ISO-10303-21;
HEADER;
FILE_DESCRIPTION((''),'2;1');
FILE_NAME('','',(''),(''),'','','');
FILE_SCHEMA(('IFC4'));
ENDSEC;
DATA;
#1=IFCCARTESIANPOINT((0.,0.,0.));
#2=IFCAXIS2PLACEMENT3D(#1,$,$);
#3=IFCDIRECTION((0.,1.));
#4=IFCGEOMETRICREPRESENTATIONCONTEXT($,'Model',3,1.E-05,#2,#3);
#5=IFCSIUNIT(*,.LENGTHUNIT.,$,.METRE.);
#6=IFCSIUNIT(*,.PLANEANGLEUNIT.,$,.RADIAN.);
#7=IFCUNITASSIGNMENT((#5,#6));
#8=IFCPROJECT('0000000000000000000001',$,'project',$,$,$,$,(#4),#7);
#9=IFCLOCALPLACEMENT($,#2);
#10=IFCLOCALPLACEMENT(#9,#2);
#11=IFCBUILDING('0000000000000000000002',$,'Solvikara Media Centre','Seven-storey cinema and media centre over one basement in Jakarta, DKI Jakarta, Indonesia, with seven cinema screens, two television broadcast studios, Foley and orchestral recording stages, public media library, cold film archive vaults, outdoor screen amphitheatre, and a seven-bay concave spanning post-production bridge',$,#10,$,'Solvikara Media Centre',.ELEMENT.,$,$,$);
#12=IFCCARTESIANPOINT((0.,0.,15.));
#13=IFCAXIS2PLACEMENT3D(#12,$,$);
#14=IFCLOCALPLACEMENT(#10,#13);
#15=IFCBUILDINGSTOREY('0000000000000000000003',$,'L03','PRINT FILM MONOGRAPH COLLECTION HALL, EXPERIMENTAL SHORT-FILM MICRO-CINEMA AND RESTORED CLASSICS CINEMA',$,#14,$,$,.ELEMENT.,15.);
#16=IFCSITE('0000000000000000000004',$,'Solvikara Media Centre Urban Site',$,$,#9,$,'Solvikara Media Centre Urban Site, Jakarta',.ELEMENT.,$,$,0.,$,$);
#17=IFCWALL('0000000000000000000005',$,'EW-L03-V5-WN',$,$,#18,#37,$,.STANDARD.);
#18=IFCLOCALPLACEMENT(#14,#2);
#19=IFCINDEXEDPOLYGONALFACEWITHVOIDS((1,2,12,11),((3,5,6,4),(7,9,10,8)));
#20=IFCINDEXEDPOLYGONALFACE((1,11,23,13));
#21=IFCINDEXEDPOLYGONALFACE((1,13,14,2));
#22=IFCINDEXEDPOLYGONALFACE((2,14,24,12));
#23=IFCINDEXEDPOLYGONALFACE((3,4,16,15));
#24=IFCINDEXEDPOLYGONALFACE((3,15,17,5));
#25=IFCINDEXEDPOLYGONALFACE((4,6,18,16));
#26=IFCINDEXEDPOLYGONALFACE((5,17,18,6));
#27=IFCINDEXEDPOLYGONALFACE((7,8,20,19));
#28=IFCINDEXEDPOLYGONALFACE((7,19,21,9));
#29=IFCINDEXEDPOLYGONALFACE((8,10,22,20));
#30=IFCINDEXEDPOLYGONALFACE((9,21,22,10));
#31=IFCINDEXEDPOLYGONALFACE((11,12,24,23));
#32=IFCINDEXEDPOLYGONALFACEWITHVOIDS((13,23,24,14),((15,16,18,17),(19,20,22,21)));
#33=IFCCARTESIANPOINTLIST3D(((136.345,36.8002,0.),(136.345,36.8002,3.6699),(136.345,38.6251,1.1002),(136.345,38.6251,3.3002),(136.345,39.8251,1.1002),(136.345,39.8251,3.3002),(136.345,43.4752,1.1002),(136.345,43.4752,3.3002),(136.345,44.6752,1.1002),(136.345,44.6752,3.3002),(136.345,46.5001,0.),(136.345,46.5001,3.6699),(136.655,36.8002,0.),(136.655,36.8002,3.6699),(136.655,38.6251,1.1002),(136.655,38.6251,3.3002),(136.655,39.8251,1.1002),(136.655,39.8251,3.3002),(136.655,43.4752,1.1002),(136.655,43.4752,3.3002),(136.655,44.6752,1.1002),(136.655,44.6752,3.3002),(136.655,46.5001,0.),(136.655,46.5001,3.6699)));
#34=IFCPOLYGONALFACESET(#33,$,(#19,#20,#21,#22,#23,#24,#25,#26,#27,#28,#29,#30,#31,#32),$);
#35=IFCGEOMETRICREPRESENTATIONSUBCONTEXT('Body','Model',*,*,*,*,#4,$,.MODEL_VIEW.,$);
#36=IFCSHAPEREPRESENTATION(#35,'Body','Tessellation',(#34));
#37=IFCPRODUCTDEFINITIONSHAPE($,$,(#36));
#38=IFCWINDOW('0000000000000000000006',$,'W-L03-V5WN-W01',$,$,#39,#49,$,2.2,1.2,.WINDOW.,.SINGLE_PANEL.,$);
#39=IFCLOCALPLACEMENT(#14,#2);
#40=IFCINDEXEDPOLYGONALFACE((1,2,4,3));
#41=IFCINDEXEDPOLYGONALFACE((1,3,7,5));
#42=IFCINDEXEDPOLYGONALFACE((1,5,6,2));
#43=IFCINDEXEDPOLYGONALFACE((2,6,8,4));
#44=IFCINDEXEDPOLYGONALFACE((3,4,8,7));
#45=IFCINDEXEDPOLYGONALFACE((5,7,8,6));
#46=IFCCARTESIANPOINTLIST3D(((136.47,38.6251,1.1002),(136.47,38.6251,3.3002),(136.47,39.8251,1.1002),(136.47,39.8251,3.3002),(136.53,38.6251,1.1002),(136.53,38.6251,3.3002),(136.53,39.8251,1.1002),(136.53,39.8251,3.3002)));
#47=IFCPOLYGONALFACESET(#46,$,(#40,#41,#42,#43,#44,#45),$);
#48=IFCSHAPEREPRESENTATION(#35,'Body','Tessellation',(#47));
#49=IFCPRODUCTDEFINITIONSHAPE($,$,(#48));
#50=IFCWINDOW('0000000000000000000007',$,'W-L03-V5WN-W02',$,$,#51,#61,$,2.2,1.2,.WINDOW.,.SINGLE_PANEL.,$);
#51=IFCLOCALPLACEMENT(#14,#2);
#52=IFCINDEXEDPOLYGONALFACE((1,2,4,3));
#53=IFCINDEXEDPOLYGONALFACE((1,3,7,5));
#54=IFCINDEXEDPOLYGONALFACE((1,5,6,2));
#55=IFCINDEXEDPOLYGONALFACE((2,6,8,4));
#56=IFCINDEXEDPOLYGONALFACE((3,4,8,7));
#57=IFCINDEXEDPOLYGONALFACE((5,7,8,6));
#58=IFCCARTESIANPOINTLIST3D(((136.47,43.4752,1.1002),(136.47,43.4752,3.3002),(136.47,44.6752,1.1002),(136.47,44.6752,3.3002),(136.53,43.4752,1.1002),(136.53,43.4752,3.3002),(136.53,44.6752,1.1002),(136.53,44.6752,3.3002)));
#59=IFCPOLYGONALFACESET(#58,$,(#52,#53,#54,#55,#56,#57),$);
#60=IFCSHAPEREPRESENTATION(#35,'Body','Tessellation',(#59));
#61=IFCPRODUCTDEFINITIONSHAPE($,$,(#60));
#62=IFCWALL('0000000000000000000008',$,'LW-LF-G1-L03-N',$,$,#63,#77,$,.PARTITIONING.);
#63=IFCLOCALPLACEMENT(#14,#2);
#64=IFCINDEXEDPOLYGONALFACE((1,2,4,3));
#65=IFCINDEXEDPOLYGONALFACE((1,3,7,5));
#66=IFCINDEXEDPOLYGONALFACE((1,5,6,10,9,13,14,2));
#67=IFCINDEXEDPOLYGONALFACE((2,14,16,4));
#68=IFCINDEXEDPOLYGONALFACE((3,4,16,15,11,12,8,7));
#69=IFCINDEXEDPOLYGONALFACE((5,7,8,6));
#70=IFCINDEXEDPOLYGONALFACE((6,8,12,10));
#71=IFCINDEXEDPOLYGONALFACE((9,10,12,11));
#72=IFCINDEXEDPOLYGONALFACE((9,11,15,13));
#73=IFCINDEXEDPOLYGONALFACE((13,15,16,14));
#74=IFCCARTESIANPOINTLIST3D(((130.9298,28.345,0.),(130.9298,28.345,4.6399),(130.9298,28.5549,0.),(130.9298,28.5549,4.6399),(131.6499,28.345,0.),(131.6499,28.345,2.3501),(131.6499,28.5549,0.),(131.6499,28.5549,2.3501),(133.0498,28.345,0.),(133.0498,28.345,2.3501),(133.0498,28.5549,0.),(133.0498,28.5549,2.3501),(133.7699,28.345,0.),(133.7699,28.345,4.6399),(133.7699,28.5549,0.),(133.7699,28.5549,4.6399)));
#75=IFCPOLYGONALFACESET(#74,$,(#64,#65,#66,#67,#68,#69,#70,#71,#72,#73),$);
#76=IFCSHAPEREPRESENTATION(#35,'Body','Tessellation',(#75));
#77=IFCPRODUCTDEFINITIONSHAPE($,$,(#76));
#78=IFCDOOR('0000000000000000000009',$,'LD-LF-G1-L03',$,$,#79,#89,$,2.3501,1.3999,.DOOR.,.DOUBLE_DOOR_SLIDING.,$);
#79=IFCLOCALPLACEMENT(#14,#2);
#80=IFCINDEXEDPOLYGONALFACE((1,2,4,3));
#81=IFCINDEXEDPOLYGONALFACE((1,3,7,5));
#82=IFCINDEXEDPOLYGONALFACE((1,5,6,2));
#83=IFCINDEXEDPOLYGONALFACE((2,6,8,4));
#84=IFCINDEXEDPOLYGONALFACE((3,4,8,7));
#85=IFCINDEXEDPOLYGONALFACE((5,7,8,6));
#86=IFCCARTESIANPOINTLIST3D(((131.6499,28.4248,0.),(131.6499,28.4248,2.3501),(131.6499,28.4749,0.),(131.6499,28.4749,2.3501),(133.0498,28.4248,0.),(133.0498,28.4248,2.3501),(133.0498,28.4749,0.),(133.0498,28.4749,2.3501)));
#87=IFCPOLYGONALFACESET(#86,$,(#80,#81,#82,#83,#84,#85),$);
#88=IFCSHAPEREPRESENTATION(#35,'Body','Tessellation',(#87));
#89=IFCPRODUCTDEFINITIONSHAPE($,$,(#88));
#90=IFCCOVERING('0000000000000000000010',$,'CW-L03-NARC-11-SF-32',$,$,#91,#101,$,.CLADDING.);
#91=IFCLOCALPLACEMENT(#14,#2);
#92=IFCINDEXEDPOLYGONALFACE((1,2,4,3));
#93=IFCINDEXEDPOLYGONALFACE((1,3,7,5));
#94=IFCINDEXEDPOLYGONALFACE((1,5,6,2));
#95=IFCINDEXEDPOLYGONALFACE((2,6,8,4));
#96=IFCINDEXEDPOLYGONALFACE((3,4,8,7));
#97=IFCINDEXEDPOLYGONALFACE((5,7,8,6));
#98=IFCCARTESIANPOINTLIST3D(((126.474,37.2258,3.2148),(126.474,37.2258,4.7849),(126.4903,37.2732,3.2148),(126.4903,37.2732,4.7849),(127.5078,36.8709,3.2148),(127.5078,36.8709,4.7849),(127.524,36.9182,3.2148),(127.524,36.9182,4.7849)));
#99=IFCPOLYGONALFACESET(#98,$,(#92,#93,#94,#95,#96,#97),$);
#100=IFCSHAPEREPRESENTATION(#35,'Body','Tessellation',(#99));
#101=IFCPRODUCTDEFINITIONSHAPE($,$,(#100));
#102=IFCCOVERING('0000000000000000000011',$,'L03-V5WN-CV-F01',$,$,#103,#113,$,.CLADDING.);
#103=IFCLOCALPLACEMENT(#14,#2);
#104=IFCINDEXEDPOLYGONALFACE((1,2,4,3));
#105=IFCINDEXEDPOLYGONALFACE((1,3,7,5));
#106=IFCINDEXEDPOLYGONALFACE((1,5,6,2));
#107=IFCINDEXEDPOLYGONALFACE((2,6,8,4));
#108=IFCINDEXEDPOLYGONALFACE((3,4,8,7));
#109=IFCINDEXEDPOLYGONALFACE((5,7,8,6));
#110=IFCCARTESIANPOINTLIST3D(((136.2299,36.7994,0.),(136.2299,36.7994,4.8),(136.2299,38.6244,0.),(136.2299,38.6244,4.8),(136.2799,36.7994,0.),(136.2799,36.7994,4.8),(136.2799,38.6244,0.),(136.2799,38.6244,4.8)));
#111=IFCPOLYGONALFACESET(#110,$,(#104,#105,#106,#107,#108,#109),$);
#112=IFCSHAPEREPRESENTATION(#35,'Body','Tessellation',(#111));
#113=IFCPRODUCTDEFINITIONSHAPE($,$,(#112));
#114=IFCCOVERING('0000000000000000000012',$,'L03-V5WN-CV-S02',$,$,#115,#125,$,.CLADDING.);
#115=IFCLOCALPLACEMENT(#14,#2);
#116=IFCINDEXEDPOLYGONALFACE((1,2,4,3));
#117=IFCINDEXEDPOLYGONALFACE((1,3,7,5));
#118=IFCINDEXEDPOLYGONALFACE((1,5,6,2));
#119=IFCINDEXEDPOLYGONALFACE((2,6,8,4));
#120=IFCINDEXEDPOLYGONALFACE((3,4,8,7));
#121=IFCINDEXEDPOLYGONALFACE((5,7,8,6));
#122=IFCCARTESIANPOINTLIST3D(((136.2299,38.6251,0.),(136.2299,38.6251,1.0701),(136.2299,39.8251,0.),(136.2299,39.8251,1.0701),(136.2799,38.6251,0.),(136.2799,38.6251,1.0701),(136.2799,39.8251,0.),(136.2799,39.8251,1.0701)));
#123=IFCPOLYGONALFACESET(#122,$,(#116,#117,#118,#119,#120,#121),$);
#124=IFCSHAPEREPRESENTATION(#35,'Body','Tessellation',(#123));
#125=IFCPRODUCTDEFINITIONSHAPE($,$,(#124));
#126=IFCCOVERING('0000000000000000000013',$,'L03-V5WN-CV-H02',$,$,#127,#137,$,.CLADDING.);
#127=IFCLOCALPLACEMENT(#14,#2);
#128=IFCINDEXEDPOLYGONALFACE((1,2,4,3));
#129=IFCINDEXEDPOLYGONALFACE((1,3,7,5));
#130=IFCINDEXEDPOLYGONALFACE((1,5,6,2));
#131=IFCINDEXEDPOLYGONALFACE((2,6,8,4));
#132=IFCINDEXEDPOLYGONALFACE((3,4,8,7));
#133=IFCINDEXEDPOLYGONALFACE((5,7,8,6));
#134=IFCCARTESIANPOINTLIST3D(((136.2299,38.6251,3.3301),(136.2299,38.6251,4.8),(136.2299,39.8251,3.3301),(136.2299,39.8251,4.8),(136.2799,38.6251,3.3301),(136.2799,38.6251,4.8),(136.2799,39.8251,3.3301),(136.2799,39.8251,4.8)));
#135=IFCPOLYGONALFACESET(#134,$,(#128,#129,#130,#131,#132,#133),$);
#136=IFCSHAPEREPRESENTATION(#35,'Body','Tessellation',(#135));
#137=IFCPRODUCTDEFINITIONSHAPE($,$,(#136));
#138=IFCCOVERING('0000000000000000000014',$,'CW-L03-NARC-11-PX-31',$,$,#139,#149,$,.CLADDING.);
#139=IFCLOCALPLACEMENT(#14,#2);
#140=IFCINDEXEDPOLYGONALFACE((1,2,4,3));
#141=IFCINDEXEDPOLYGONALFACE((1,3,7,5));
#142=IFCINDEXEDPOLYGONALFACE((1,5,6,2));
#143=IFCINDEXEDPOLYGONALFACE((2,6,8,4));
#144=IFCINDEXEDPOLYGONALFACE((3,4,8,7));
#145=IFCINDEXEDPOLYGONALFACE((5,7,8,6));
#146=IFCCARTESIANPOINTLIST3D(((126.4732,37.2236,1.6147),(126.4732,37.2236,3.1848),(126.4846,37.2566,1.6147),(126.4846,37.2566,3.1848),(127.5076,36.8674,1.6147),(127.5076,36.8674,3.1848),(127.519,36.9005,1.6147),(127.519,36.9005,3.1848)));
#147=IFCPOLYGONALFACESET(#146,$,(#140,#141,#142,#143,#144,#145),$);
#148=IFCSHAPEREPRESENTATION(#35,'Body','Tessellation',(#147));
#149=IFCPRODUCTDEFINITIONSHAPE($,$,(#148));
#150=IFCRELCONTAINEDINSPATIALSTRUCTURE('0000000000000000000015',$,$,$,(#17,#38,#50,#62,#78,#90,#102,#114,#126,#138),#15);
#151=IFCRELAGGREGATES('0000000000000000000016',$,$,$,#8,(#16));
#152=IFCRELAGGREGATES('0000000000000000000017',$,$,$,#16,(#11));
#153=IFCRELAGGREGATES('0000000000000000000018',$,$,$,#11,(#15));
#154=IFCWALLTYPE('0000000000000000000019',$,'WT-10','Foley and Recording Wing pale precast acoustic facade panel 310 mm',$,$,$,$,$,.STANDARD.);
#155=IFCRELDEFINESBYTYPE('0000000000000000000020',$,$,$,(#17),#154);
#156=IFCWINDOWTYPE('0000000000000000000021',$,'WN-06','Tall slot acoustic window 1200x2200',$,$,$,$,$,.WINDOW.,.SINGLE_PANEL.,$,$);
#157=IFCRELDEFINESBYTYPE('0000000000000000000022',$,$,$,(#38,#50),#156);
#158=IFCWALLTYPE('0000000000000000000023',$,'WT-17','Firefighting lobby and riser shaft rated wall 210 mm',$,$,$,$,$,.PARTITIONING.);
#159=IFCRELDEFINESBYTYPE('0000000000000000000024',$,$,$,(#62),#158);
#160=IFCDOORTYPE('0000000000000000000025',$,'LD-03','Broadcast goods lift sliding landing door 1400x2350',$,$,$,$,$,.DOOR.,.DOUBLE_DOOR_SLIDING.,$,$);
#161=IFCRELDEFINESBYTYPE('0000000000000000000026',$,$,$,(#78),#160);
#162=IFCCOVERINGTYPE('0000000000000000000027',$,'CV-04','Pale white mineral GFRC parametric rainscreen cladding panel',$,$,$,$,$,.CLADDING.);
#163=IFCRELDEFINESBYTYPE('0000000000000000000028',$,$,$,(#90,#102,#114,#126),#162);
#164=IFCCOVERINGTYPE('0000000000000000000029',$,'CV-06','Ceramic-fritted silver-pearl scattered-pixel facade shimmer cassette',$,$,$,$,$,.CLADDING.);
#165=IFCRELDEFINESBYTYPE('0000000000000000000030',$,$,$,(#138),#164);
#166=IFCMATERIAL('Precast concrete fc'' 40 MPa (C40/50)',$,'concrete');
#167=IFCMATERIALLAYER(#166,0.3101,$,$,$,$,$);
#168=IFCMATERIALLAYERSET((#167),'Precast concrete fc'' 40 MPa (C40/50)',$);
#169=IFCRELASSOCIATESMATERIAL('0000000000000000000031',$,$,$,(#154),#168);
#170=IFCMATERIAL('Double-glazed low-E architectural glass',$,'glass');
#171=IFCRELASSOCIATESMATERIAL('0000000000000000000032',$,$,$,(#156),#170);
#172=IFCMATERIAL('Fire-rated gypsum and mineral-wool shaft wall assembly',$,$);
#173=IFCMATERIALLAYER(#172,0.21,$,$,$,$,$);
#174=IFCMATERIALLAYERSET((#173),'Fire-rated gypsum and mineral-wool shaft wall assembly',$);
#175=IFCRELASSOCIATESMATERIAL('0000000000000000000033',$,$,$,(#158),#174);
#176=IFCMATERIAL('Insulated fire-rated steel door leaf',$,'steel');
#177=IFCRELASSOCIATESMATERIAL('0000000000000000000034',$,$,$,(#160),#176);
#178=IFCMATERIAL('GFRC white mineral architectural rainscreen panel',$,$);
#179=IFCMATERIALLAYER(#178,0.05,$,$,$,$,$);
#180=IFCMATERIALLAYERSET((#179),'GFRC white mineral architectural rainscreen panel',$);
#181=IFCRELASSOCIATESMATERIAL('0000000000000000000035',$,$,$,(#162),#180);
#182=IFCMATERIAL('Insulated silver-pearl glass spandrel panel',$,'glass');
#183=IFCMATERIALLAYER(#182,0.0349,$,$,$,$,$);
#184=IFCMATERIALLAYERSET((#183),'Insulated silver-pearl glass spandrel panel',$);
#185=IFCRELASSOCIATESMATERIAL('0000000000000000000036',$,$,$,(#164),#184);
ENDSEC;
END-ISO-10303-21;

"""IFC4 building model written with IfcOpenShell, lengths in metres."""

from ifc_helpers import new_model, si_unit, direction, frame, frame_2d, origin, origin_2d, place, context, subcontext, project, spatial, rectangle, extrude, material, layer, layer_set, type_object, element, fill, save


model = new_model("IFC4")

# Units and contexts
model_context = context("Model", 3, precision=1e-05, world=origin(), true_north=direction((0.0, 1.0)))
body_context = subcontext(model_context, "Body", "Model", "MODEL_VIEW")
ifc_project = project(units=[si_unit("LENGTHUNIT", "METRE"), si_unit("PLANEANGLEUNIT", "RADIAN")], contexts=[model_context])

# Site, building, storey
site_placement = place(None, origin())
site = spatial("IfcSite", under=ifc_project, at=site_placement, Name="Solvikara Media Centre Urban Site", LongName="Solvikara Media Centre Urban Site, Jakarta", CompositionType="ELEMENT", RefElevation=0.0)
building_placement = place(site_placement, origin())
building = spatial("IfcBuilding", under=site, at=building_placement, Name="Solvikara Media Centre", Description="Seven-storey cinema and media centre over one basement in Jakarta, DKI Jakarta, Indonesia, with seven cinema screens, two television broadcast studios, Foley and orchestral recording stages, public media library, cold film archive vaults, outdoor screen amphitheatre, and a seven-bay concave spanning post-production bridge", LongName="Solvikara Media Centre", CompositionType="ELEMENT")
storey_placement = place(building_placement, frame((0.0, 0.0, 15.0)))
storey = spatial("IfcBuildingStorey", under=building, at=storey_placement, Name="L03", Description="PRINT FILM MONOGRAPH COLLECTION HALL, EXPERIMENTAL SHORT-FILM MICRO-CINEMA AND RESTORED CLASSICS CINEMA", CompositionType="ELEMENT", Elevation=15.0)

# Shared definitions
ifc_material_1 = material(Name="Insulated fire-rated steel door leaf", Category="steel")

# Wall, openings, windows
ifc_material_2 = material(Name="Precast concrete fc' 40 MPa (C40/50)", Category="concrete")
ifc_layer_1 = layer(ifc_material_2, 0.3101)
ifc_layer_set_1 = layer_set([ifc_layer_1], Name="Precast concrete fc' 40 MPa (C40/50)")
wall_type_1 = type_object("IfcWallType", Name="WT-10", Description="Foley and Recording Wing pale precast acoustic facade panel 310 mm", PredefinedType="STANDARD", material=ifc_layer_set_1)
wall_1_placement = place(storey_placement, frame((136.5, 36.8, 0.0), z_axis=(0.0, 0.0, 1.0), x_axis=(0.0, 1.0, 0.0)))
wall_1 = element("IfcWall", 1, at=wall_1_placement, inside=storey, type_object=wall_type_1, Name="EW-L03-V5-WN", PredefinedType="STANDARD", context=body_context, shape_type="SweptSolid", body=[
    extrude(rectangle(XDim=9.7, YDim=0.3101, at=frame_2d((4.8501, 0.0))), origin(), (0.0, 0.0, 1.0), 3.6699),
])
opening_1_placement = place(wall_1_placement, frame((1.825, 0.0, 1.1001)))
opening_1 = element("IfcOpeningElement", 2, at=opening_1_placement, cuts=wall_1, PredefinedType="OPENING", context=body_context, shape_type="SweptSolid", body=[
    extrude(rectangle(XDim=1.2, YDim=2.2, at=frame_2d((0.6001, 1.1001))), frame((0.0, 0.167, 0.0), z_axis=(0.0, -1.0, 0.0), x_axis=(1.0, 0.0, 0.0)), (0.0, 0.0, 1.0), 0.334),
])
opening_2_placement = place(wall_1_placement, frame((6.675, 0.0, 1.1001)))
opening_2 = element("IfcOpeningElement", 3, at=opening_2_placement, cuts=wall_1, PredefinedType="OPENING", context=body_context, shape_type="SweptSolid", body=[
    extrude(rectangle(XDim=1.2, YDim=2.2, at=frame_2d((0.6001, 1.1001))), frame((0.0, 0.167, 0.0), z_axis=(0.0, -1.0, 0.0), x_axis=(1.0, 0.0, 0.0)), (0.0, 0.0, 1.0), 0.334),
])
ifc_material_3 = material(Name="Double-glazed low-E architectural glass", Category="glass")
window_type = type_object("IfcWindowType", Name="WN-06", Description="Tall slot acoustic window 1200x2200", PartitioningType="SINGLE_PANEL", PredefinedType="WINDOW", material=ifc_material_3)
window_1_placement = place(opening_1_placement, origin())
window_1 = element("IfcWindow", 4, at=window_1_placement, inside=storey, type_object=window_type, Name="W-L03-V5WN-W01", OverallHeight=2.2, OverallWidth=1.2, PartitioningType="SINGLE_PANEL", PredefinedType="WINDOW", context=body_context, shape_type="SweptSolid", body=[
    extrude(rectangle(XDim=1.2, YDim=2.2, at=frame_2d((0.6001, 1.1001))), frame((0.0, 0.03, 0.0), z_axis=(0.0, -1.0, 0.0), x_axis=(1.0, 0.0, 0.0)), (0.0, 0.0, 1.0), 0.0601),
])
fill(opening_1, window_1)
window_2_placement = place(opening_2_placement, origin())
window_2 = element("IfcWindow", 5, at=window_2_placement, inside=storey, type_object=window_type, Name="W-L03-V5WN-W02", OverallHeight=2.2, OverallWidth=1.2, PartitioningType="SINGLE_PANEL", PredefinedType="WINDOW", context=body_context, shape_type="SweptSolid", body=[
    extrude(rectangle(XDim=1.2, YDim=2.2, at=frame_2d((0.6001, 1.1001))), frame((0.0, 0.03, 0.0), z_axis=(0.0, -1.0, 0.0), x_axis=(1.0, 0.0, 0.0)), (0.0, 0.0, 1.0), 0.0601),
])
fill(opening_2, window_2)

# Wall, opening, door
ifc_material_4 = material(Name="Fire-rated gypsum and mineral-wool shaft wall assembly")
ifc_layer_2 = layer(ifc_material_4, 0.21)
ifc_layer_set_2 = layer_set([ifc_layer_2], Name="Fire-rated gypsum and mineral-wool shaft wall assembly")
wall_type_2 = type_object("IfcWallType", Name="WT-17", Description="Firefighting lobby and riser shaft rated wall 210 mm", PredefinedType="PARTITIONING", material=ifc_layer_set_2)
wall_2_placement = place(storey_placement, frame((130.9299, 28.45, 0.0), z_axis=(0.0, 0.0, 1.0), x_axis=(1.0, 0.0, 0.0)))
wall_2 = element("IfcWall", 6, at=wall_2_placement, inside=storey, type_object=wall_type_2, Name="LW-LF-G1-L03-N", PredefinedType="PARTITIONING", context=body_context, shape_type="SweptSolid", body=[
    extrude(rectangle(XDim=2.8401, YDim=0.21, at=frame_2d((1.4199, 0.0))), origin(), (0.0, 0.0, 1.0), 4.6399),
])
opening_3_placement = place(wall_2_placement, frame((0.72, 0.0, 0.0)))
opening_3 = element("IfcOpeningElement", 7, at=opening_3_placement, cuts=wall_2, PredefinedType="OPENING", context=body_context, shape_type="SweptSolid", body=[
    extrude(rectangle(XDim=1.3999, YDim=2.3501, at=frame_2d((0.7, 1.175))), frame((0.0, 0.1169, 0.0), z_axis=(0.0, -1.0, 0.0), x_axis=(1.0, 0.0, 0.0)), (0.0, 0.0, 1.0), 0.2339),
])
door_type_1 = type_object("IfcDoorType", Name="LD-03", Description="Broadcast goods lift sliding landing door 1400x2350", OperationType="DOUBLE_DOOR_SLIDING", PredefinedType="DOOR", material=ifc_material_1)
door_1_placement = place(opening_3_placement, origin())
door_1 = element("IfcDoor", 8, at=door_1_placement, inside=storey, type_object=door_type_1, Name="LD-LF-G1-L03", OperationType="DOUBLE_DOOR_SLIDING", OverallHeight=2.3501, OverallWidth=1.3999, PredefinedType="DOOR", context=body_context, shape_type="SweptSolid", body=[
    extrude(rectangle(XDim=1.3999, YDim=2.3501, at=frame_2d((0.7, 1.175))), frame((0.0, 0.0249, 0.0), z_axis=(0.0, -1.0, 0.0), x_axis=(1.0, 0.0, 0.0)), (0.0, 0.0, 1.0), 0.05),
])
fill(opening_3, door_1)

# Coverings
ifc_material_5 = material(Name="GFRC white mineral architectural rainscreen panel")
ifc_layer_3 = layer(ifc_material_5, 0.05)
ifc_layer_set_3 = layer_set([ifc_layer_3], Name="GFRC white mineral architectural rainscreen panel")
covering_type_1 = type_object("IfcCoveringType", Name="CV-04", Description="Pale white mineral GFRC parametric rainscreen cladding panel", PredefinedType="CLADDING", material=ifc_layer_set_3)
covering_1_placement = place(storey_placement, frame((126.999, 37.072, 3.2148), z_axis=(0.0, 0.0, 1.0), x_axis=(0.945808, -0.324726, 0.0)))
element("IfcCovering", 9, at=covering_1_placement, inside=storey, type_object=covering_type_1, Name="CW-L03-NARC-11-SF-32", PredefinedType="CLADDING", context=body_context, shape_type="SweptSolid", body=[
    extrude(rectangle(XDim=1.093, YDim=0.05, at=origin_2d()), origin(), (0.0, 0.0, 1.0), 1.5701),
])
covering_2_placement = place(storey_placement, frame((136.2549, 37.7119, 0.0), z_axis=(0.0, 0.0, 1.0), x_axis=(0.0, 1.0, 0.0)))
element("IfcCovering", 10, at=covering_2_placement, inside=storey, type_object=covering_type_1, Name="L03-V5WN-CV-F01", PredefinedType="CLADDING", context=body_context, shape_type="SweptSolid", body=[
    extrude(rectangle(XDim=1.825, YDim=0.05, at=origin_2d()), origin(), (0.0, 0.0, 1.0), 4.8),
])
covering_3_placement = place(storey_placement, frame((136.2549, 39.2251, 0.0), z_axis=(0.0, 0.0, 1.0), x_axis=(0.0, 1.0, 0.0)))
element("IfcCovering", 11, at=covering_3_placement, inside=storey, type_object=covering_type_1, Name="L03-V5WN-CV-S02", PredefinedType="CLADDING", context=body_context, shape_type="SweptSolid", body=[
    extrude(rectangle(XDim=1.2, YDim=0.05, at=origin_2d()), origin(), (0.0, 0.0, 1.0), 1.0701),
])
covering_4_placement = place(storey_placement, frame((136.2549, 39.2251, 3.3301), z_axis=(0.0, 0.0, 1.0), x_axis=(0.0, 1.0, 0.0)))
element("IfcCovering", 12, at=covering_4_placement, inside=storey, type_object=covering_type_1, Name="L03-V5WN-CV-H02", PredefinedType="CLADDING", context=body_context, shape_type="SweptSolid", body=[
    extrude(rectangle(XDim=1.2, YDim=0.05, at=origin_2d()), origin(), (0.0, 0.0, 1.0), 1.47),
])
ifc_material_6 = material(Name="Insulated silver-pearl glass spandrel panel", Category="glass")
ifc_layer_4 = layer(ifc_material_6, 0.0349)
ifc_layer_set_4 = layer_set([ifc_layer_4], Name="Insulated silver-pearl glass spandrel panel")
covering_type_2 = type_object("IfcCoveringType", Name="CV-06", Description="Ceramic-fritted silver-pearl scattered-pixel facade shimmer cassette", PredefinedType="CLADDING", material=ifc_layer_set_4)
covering_5_placement = place(storey_placement, frame((126.9961, 37.062, 1.6147), z_axis=(0.0, 0.0, 1.0), x_axis=(0.94553, -0.325535, 0.0)))
element("IfcCovering", 13, at=covering_5_placement, inside=storey, type_object=covering_type_2, Name="CW-L03-NARC-11-PX-31", PredefinedType="CLADDING", context=body_context, shape_type="SweptSolid", body=[
    extrude(rectangle(XDim=1.094, YDim=0.0349, at=origin_2d()), origin(), (0.0, 0.0, 1.0), 1.5701),
])

save(model, "model.ifc")
